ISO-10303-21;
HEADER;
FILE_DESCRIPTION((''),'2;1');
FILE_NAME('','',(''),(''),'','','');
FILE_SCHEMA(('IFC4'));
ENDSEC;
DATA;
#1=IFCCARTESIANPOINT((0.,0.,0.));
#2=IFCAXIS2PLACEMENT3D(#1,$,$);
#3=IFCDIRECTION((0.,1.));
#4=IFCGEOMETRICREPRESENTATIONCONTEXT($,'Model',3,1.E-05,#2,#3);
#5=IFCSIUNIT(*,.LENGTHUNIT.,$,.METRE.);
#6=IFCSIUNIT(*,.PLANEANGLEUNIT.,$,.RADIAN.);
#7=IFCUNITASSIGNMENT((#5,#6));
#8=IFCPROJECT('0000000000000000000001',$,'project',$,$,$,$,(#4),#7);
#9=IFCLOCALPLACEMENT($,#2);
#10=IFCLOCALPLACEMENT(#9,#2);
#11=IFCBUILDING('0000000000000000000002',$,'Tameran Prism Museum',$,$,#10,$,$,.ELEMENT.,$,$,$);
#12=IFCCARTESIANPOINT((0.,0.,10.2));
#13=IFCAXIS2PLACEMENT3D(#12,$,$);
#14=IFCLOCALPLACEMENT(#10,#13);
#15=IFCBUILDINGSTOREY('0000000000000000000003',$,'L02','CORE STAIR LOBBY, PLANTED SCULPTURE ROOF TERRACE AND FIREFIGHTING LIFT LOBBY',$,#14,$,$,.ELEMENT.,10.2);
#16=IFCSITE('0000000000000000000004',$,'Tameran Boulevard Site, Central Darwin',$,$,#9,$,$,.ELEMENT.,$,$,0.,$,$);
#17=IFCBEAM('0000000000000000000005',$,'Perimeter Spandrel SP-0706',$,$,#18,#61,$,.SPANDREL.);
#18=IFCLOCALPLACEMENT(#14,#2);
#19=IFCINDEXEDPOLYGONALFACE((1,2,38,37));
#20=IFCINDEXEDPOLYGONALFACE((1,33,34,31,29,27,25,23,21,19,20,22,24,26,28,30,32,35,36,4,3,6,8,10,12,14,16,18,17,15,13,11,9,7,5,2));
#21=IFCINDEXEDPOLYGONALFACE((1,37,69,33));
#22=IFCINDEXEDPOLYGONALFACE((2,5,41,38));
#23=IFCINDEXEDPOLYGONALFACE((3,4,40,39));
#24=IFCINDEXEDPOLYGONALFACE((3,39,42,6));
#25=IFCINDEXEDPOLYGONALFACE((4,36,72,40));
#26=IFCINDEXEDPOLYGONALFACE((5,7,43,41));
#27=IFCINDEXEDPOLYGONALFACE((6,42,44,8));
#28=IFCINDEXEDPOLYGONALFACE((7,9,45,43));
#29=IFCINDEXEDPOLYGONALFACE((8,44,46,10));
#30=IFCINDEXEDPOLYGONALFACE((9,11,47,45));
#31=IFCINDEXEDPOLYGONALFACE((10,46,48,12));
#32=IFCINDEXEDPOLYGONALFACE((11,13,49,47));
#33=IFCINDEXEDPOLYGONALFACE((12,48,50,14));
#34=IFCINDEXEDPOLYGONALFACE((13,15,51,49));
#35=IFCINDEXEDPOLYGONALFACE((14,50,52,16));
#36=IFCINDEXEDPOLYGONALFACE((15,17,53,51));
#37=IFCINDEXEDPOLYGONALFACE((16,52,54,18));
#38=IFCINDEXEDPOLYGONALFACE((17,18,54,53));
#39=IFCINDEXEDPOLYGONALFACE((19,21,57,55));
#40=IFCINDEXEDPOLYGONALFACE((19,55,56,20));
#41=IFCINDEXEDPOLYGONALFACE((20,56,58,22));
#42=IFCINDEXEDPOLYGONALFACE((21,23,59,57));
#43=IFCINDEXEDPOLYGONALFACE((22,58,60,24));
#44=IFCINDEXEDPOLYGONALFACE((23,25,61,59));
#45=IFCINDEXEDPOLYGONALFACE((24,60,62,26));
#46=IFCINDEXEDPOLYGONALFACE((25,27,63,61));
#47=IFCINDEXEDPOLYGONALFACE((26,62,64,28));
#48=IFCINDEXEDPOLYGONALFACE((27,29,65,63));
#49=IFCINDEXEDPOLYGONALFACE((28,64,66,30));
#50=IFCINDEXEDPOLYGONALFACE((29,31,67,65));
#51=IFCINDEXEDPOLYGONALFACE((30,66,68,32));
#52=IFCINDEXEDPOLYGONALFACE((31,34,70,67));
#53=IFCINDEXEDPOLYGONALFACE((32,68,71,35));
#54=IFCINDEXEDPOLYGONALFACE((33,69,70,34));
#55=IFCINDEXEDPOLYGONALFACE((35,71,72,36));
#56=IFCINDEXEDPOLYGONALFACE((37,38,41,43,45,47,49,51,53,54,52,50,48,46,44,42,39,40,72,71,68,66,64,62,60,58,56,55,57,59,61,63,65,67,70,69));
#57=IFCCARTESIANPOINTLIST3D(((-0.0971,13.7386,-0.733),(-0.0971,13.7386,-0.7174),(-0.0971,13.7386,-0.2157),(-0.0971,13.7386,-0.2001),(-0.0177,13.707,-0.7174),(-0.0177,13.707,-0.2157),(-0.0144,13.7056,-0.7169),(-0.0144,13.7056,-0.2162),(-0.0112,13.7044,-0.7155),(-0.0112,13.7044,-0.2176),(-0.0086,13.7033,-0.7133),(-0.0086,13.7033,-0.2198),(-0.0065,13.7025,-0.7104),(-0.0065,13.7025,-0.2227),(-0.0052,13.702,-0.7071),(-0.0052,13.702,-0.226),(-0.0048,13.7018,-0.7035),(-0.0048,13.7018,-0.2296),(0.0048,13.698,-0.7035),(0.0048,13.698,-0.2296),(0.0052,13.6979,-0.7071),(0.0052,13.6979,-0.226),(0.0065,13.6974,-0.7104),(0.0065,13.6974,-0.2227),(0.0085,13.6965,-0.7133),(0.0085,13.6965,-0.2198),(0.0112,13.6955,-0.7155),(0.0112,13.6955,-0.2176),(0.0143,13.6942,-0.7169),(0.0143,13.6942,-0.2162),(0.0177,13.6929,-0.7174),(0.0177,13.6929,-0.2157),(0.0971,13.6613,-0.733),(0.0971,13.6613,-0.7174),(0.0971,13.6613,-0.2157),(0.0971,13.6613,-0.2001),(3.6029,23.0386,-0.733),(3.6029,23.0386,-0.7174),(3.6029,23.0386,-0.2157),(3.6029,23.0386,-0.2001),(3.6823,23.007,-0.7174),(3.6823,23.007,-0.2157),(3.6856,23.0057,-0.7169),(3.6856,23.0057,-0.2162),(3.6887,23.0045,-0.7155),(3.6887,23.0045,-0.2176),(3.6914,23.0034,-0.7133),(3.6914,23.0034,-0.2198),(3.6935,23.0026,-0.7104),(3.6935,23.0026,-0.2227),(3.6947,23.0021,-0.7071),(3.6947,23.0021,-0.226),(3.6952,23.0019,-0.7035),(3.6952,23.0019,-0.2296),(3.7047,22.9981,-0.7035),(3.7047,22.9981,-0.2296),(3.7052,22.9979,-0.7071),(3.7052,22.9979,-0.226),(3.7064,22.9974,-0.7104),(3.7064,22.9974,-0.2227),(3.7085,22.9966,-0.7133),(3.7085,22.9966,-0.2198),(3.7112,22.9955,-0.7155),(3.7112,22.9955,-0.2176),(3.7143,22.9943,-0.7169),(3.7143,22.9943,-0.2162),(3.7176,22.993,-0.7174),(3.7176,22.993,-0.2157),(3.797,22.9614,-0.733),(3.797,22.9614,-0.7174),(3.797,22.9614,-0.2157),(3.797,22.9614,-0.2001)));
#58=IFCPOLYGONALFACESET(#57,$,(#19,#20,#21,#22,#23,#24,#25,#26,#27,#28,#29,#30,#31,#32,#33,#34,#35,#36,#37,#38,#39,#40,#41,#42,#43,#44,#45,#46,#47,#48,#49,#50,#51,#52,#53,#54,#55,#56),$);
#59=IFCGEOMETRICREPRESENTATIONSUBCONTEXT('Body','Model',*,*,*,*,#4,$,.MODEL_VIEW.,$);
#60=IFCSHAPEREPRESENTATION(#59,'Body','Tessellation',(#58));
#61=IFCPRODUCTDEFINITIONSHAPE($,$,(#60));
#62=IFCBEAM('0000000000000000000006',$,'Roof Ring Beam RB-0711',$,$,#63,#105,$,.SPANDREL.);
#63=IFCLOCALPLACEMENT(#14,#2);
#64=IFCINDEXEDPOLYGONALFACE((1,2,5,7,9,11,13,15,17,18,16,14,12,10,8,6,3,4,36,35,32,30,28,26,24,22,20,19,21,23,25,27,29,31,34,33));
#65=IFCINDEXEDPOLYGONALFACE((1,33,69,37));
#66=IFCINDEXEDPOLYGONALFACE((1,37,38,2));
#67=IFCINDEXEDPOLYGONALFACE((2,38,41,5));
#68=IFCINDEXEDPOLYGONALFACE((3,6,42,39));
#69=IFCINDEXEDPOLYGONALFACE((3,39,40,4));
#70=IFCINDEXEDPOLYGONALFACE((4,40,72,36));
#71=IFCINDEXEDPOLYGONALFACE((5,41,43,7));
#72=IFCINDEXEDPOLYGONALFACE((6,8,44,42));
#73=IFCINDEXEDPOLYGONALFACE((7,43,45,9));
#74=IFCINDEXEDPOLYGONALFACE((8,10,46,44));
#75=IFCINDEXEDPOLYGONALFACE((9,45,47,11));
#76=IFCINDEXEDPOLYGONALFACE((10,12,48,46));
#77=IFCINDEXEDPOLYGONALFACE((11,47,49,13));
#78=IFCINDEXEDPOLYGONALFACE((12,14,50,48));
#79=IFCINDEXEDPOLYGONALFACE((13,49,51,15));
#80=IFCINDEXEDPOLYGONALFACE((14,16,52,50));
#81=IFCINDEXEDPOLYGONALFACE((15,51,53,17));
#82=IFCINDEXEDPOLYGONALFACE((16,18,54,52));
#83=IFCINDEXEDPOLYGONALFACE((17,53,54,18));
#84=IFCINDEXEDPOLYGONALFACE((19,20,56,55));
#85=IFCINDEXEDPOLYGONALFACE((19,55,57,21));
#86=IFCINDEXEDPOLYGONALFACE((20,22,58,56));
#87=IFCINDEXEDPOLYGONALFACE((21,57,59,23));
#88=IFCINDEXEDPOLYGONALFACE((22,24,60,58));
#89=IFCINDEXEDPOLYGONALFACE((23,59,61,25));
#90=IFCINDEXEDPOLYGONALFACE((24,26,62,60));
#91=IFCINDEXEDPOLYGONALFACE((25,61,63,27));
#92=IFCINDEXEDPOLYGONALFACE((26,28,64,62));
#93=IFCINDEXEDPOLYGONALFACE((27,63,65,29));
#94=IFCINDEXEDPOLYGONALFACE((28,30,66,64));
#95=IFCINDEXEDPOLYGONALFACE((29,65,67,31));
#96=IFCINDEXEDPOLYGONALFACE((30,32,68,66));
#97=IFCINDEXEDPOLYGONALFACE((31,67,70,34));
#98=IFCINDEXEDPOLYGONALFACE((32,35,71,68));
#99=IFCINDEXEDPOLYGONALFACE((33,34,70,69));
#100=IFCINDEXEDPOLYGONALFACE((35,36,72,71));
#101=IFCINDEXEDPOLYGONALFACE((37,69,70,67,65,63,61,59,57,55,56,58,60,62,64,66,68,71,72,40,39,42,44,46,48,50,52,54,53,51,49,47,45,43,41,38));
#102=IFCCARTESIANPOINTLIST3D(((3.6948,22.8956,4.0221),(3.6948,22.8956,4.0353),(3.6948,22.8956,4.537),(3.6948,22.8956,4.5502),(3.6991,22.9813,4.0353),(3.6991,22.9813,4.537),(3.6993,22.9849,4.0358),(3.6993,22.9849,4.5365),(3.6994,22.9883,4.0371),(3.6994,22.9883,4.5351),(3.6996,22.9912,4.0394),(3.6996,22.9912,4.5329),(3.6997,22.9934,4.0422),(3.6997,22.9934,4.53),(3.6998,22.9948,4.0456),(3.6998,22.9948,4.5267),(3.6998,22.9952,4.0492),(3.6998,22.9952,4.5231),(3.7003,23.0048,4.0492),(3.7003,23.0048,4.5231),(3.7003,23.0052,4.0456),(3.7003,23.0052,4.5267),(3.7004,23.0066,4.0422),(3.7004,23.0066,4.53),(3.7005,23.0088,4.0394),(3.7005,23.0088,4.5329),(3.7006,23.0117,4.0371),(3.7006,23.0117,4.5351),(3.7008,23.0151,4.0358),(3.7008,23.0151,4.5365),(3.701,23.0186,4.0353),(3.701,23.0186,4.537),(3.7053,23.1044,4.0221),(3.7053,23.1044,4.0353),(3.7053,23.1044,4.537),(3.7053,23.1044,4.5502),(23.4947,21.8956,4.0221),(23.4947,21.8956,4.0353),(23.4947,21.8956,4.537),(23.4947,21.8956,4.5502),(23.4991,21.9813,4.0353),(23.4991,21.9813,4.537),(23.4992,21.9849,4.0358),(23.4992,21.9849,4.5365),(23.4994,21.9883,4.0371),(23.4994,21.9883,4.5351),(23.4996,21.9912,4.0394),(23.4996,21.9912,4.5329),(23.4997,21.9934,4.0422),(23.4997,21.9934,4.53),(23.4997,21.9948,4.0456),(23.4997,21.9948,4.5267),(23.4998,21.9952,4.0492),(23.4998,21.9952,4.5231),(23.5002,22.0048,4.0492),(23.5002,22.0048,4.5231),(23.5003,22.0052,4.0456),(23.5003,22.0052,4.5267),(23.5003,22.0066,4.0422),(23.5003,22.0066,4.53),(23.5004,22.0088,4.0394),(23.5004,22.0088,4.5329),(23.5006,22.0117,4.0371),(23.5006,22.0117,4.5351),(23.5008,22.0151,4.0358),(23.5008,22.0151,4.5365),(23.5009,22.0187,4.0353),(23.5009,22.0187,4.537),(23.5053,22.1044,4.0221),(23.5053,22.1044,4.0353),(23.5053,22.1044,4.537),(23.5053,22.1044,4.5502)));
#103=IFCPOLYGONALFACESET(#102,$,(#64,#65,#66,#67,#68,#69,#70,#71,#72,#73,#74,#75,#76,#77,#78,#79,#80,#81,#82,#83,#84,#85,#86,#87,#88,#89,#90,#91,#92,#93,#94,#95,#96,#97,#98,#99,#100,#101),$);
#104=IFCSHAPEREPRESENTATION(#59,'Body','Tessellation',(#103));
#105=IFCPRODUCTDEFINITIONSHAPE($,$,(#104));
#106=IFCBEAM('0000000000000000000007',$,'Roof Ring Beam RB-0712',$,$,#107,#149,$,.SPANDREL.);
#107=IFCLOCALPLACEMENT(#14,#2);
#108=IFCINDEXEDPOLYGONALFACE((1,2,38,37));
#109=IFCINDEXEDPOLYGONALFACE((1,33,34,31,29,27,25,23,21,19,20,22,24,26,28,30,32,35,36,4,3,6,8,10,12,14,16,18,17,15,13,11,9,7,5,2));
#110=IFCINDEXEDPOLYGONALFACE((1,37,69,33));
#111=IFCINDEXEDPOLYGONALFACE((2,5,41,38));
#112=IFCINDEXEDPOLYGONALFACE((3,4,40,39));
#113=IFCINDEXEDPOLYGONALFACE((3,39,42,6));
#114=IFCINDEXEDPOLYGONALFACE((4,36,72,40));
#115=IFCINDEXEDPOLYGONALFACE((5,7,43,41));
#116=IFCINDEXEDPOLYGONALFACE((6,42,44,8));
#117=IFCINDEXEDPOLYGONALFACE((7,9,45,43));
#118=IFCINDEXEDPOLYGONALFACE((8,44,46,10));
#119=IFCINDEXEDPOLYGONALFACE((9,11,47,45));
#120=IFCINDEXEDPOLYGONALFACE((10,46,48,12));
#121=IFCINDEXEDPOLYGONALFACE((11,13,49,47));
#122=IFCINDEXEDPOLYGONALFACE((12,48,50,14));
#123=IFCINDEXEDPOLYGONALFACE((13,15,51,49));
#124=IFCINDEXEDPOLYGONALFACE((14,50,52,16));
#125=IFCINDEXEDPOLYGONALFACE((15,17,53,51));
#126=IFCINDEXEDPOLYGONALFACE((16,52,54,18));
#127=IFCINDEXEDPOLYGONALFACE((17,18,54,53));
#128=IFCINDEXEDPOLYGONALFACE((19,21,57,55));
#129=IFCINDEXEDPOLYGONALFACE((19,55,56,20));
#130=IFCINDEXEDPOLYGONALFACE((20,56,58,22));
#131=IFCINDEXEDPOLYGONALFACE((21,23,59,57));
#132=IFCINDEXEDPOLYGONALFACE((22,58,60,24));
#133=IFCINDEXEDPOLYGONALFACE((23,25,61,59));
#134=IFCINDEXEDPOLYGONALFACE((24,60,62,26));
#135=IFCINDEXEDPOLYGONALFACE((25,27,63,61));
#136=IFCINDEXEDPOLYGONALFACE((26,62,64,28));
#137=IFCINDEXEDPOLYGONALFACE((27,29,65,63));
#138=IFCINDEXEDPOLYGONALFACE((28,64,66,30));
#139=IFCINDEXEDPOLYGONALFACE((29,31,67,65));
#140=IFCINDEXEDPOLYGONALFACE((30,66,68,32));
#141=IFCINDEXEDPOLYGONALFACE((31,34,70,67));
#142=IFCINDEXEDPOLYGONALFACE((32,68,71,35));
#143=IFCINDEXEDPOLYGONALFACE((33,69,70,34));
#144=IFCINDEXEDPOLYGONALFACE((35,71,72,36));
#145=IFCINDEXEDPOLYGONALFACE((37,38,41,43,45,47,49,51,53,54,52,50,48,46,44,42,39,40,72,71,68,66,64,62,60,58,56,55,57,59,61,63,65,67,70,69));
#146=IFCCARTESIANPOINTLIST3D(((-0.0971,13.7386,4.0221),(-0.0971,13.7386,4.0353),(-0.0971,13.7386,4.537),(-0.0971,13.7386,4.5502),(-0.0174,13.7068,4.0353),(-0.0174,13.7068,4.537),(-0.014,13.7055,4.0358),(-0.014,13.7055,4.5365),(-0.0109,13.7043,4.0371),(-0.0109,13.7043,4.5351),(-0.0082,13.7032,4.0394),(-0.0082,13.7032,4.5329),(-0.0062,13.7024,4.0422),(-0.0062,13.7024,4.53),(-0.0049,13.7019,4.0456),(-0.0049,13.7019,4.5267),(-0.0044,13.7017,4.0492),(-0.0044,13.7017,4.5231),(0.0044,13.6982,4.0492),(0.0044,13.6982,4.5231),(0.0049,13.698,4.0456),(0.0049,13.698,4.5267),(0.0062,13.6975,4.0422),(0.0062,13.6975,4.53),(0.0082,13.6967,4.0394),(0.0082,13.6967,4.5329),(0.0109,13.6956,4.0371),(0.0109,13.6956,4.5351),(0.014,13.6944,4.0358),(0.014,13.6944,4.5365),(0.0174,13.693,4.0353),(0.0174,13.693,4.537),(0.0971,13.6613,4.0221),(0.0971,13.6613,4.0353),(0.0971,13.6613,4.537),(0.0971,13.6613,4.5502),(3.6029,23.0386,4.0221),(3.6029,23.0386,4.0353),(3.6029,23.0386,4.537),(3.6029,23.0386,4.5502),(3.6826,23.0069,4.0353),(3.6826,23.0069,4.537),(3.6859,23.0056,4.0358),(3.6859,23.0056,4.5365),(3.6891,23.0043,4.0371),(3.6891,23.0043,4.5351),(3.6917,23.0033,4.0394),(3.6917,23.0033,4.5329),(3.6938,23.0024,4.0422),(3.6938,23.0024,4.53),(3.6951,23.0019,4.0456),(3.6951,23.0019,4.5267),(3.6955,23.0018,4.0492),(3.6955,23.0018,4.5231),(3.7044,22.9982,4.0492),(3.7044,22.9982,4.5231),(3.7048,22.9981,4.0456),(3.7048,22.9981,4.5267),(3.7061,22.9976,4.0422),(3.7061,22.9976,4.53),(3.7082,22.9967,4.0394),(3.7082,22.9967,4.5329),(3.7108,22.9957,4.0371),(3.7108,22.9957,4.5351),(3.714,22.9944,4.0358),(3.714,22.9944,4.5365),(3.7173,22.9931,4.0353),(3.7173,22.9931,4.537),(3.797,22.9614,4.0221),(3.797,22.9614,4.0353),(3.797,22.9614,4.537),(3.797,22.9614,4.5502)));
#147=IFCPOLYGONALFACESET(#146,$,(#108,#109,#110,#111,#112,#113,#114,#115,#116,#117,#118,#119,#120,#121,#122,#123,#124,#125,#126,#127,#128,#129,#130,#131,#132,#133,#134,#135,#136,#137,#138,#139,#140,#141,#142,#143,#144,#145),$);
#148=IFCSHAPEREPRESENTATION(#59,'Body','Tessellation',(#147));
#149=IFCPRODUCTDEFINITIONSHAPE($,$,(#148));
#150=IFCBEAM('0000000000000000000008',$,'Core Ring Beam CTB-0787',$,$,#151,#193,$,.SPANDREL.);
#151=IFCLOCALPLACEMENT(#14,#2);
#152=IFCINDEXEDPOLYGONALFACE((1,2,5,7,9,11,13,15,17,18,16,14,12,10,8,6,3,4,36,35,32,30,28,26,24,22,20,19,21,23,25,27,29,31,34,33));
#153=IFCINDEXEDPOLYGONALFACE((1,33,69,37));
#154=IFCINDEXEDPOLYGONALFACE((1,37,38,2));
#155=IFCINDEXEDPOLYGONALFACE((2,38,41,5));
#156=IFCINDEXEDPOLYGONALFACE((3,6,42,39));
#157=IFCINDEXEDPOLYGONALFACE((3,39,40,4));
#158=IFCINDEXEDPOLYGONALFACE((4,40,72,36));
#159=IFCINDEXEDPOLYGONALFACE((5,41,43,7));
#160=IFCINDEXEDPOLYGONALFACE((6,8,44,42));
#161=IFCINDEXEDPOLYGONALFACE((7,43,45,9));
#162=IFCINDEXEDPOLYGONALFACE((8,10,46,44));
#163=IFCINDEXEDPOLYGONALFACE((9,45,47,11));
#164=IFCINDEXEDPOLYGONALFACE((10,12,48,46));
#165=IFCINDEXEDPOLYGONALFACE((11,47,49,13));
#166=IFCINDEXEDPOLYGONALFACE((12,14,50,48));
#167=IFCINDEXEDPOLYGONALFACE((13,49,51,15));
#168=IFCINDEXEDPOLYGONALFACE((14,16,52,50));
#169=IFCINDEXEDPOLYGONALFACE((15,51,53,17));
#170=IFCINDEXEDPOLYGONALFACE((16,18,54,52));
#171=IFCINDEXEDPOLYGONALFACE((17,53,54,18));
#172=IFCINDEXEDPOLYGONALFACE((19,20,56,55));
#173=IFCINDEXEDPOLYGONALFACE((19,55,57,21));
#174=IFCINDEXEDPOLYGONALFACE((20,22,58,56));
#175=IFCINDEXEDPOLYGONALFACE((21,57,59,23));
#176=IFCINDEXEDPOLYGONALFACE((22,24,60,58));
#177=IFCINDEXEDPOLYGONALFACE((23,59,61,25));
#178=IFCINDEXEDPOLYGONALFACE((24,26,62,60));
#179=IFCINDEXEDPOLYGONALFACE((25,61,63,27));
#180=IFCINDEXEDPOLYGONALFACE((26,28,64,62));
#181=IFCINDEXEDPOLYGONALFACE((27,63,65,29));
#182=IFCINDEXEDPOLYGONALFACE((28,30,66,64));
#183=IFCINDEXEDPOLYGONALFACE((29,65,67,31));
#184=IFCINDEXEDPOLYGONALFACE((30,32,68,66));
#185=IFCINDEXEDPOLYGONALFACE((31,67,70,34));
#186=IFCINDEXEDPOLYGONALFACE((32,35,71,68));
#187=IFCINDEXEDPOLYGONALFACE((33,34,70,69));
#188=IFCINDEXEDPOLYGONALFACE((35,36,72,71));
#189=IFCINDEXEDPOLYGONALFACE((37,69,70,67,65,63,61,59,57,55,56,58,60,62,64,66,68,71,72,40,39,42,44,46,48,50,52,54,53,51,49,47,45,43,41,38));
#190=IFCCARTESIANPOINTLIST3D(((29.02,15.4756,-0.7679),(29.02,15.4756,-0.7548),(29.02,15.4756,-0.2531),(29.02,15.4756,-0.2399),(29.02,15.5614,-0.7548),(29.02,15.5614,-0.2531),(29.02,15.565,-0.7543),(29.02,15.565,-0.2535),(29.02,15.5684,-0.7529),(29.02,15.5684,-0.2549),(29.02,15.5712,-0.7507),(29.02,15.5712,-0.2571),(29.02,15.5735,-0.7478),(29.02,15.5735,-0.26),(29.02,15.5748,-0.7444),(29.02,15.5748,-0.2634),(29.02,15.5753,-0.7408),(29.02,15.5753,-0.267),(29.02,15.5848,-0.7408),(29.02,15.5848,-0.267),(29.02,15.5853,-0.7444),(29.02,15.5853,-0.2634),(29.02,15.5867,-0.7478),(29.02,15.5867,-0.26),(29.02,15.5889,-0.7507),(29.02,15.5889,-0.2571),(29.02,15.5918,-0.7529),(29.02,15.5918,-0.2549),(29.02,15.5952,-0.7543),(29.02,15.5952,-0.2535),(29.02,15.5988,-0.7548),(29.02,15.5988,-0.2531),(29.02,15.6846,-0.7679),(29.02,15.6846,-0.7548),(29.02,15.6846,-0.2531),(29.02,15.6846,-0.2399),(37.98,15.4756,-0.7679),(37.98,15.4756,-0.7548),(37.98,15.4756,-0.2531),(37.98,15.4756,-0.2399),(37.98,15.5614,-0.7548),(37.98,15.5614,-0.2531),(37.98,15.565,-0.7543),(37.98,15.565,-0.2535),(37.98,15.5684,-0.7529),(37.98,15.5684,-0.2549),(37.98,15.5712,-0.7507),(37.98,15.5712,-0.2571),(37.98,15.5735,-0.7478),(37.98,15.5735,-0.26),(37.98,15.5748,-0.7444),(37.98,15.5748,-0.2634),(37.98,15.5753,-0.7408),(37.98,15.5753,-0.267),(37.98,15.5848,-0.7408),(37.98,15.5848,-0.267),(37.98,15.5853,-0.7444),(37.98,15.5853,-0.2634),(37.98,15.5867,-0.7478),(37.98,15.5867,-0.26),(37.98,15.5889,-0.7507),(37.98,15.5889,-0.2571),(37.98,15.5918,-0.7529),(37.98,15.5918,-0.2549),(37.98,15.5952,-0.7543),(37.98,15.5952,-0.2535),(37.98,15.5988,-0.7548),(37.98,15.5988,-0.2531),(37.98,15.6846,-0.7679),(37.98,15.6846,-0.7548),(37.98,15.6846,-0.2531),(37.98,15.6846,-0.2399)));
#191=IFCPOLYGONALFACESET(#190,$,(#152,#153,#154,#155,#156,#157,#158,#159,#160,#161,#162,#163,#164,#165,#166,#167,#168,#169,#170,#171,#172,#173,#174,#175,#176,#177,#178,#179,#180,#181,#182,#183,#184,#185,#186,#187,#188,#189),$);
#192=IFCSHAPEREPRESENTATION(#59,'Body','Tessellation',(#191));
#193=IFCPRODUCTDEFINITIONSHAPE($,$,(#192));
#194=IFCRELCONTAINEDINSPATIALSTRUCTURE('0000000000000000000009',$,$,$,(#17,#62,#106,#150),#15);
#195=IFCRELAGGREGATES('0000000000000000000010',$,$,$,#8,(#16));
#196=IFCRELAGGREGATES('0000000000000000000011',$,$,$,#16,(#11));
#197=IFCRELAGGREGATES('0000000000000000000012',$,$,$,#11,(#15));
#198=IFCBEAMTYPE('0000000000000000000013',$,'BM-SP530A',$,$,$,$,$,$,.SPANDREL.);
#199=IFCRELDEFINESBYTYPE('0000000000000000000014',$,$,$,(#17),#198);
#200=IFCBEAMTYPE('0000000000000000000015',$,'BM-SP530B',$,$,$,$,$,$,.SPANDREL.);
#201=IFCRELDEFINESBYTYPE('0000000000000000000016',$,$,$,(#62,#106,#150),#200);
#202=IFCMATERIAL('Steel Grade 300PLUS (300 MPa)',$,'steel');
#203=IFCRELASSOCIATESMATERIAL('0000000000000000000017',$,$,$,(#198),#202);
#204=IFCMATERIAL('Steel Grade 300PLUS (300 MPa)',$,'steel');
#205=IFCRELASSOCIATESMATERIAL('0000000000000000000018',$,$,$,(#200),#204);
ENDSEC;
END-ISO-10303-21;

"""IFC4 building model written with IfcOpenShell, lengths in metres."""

from ifc_helpers import new_model, si_unit, direction, frame, origin, origin_2d, place, context, subcontext, project, spatial, i_section, extrude, material, material_profile, profile_set, type_object, element, save


model = new_model("IFC4")

# Units and contexts
model_context = context("Model", 3, precision=1e-05, world=origin(), true_north=direction((0.0, 1.0)))
body_context = subcontext(model_context, "Body", "Model", "MODEL_VIEW")
ifc_project = project(units=[si_unit("LENGTHUNIT", "METRE"), si_unit("PLANEANGLEUNIT", "RADIAN")], contexts=[model_context])

# Site, building, storey
site_placement = place(None, origin())
site = spatial("IfcSite", under=ifc_project, at=site_placement, Name="Tameran Boulevard Site, Central Darwin", CompositionType="ELEMENT", RefElevation=0.0)
building_placement = place(site_placement, origin())
building = spatial("IfcBuilding", under=site, at=building_placement, Name="Tameran Prism Museum", CompositionType="ELEMENT")
storey_placement = place(building_placement, frame((0.0, 0.0, 10.2)))
storey = spatial("IfcBuildingStorey", under=building, at=storey_placement, Name="L02", Description="CORE STAIR LOBBY, PLANTED SCULPTURE ROOF TERRACE AND FIREFIGHTING LIFT LOBBY", CompositionType="ELEMENT", Elevation=10.2)

# Beams
ifc_material_1 = material(Name="Steel Grade 300PLUS (300 MPa)", Category="steel")
ifc_material_profile_1 = material_profile(ifc_material_1, i_section(OverallWidth=0.209, OverallDepth=0.533, WebThickness=0.0103, FlangeThickness=0.0156, FilletRadius=0.0139, at=origin_2d()))
ifc_profile_set_1 = profile_set([ifc_material_profile_1])
beam_type_1 = type_object("IfcBeamType", Name="BM-SP530A", PredefinedType="SPANDREL", material=ifc_profile_set_1)
beam_1_placement = place(storey_placement, frame((3.7, 23.0, -0.4666), z_axis=(-0.369662, -0.929166, 0.0), x_axis=(0.929166, -0.369662, 0.0)))
element("IfcBeam", 1, at=beam_1_placement, inside=storey, type_object=beam_type_1, Name="Perimeter Spandrel SP-0706", PredefinedType="SPANDREL", context=body_context, shape_type="SweptSolid", body=[
    extrude(i_section(OverallWidth=0.209, OverallDepth=0.533, WebThickness=0.0103, FlangeThickness=0.0156, FilletRadius=0.0139, at=origin_2d()), origin(), (0.0, 0.0, 1.0), 10.009),
])
ifc_material_2 = material(Name="Steel Grade 300PLUS (300 MPa)", Category="steel")
ifc_material_profile_2 = material_profile(ifc_material_2, i_section(OverallWidth=0.209, OverallDepth=0.5281, WebThickness=0.0095, FlangeThickness=0.0132, FilletRadius=0.0139, at=origin_2d()))
ifc_profile_set_2 = profile_set([ifc_material_profile_2])
beam_type_2 = type_object("IfcBeamType", Name="BM-SP530B", PredefinedType="SPANDREL", material=ifc_profile_set_2)
beam_2_placement = place(storey_placement, frame((23.5, 22.0, 4.2861), z_axis=(-0.998727, 0.050441, 0.0), x_axis=(-0.050441, -0.998727, 0.0)))
element("IfcBeam", 2, at=beam_2_placement, inside=storey, type_object=beam_type_2, Name="Roof Ring Beam RB-0711", PredefinedType="SPANDREL", context=body_context, shape_type="SweptSolid", body=[
    extrude(i_section(OverallWidth=0.209, OverallDepth=0.5281, WebThickness=0.0095, FlangeThickness=0.0132, FilletRadius=0.0139, at=origin_2d()), origin(), (0.0, 0.0, 1.0), 19.8252),
])
beam_3_placement = place(storey_placement, frame((3.7, 23.0, 4.2861), z_axis=(-0.369662, -0.929166, 0.0), x_axis=(0.929166, -0.369662, 0.0)))
element("IfcBeam", 3, at=beam_3_placement, inside=storey, type_object=beam_type_2, Name="Roof Ring Beam RB-0712", PredefinedType="SPANDREL", context=body_context, shape_type="SweptSolid", body=[
    extrude(i_section(OverallWidth=0.209, OverallDepth=0.5281, WebThickness=0.0095, FlangeThickness=0.0132, FilletRadius=0.0139, at=origin_2d()), origin(), (0.0, 0.0, 1.0), 10.009),
])
beam_4_placement = place(storey_placement, frame((37.98, 15.5801, -0.5039), z_axis=(-1.0, 0.0, 0.0), x_axis=(0.0, -1.0, 0.0)))
element("IfcBeam", 4, at=beam_4_placement, inside=storey, type_object=beam_type_2, Name="Core Ring Beam CTB-0787", PredefinedType="SPANDREL", context=body_context, shape_type="SweptSolid", body=[
    extrude(i_section(OverallWidth=0.209, OverallDepth=0.5281, WebThickness=0.0095, FlangeThickness=0.0132, FilletRadius=0.0139, at=origin_2d()), origin(), (0.0, 0.0, 1.0), 8.96),
])

save(model, "model.ifc")
